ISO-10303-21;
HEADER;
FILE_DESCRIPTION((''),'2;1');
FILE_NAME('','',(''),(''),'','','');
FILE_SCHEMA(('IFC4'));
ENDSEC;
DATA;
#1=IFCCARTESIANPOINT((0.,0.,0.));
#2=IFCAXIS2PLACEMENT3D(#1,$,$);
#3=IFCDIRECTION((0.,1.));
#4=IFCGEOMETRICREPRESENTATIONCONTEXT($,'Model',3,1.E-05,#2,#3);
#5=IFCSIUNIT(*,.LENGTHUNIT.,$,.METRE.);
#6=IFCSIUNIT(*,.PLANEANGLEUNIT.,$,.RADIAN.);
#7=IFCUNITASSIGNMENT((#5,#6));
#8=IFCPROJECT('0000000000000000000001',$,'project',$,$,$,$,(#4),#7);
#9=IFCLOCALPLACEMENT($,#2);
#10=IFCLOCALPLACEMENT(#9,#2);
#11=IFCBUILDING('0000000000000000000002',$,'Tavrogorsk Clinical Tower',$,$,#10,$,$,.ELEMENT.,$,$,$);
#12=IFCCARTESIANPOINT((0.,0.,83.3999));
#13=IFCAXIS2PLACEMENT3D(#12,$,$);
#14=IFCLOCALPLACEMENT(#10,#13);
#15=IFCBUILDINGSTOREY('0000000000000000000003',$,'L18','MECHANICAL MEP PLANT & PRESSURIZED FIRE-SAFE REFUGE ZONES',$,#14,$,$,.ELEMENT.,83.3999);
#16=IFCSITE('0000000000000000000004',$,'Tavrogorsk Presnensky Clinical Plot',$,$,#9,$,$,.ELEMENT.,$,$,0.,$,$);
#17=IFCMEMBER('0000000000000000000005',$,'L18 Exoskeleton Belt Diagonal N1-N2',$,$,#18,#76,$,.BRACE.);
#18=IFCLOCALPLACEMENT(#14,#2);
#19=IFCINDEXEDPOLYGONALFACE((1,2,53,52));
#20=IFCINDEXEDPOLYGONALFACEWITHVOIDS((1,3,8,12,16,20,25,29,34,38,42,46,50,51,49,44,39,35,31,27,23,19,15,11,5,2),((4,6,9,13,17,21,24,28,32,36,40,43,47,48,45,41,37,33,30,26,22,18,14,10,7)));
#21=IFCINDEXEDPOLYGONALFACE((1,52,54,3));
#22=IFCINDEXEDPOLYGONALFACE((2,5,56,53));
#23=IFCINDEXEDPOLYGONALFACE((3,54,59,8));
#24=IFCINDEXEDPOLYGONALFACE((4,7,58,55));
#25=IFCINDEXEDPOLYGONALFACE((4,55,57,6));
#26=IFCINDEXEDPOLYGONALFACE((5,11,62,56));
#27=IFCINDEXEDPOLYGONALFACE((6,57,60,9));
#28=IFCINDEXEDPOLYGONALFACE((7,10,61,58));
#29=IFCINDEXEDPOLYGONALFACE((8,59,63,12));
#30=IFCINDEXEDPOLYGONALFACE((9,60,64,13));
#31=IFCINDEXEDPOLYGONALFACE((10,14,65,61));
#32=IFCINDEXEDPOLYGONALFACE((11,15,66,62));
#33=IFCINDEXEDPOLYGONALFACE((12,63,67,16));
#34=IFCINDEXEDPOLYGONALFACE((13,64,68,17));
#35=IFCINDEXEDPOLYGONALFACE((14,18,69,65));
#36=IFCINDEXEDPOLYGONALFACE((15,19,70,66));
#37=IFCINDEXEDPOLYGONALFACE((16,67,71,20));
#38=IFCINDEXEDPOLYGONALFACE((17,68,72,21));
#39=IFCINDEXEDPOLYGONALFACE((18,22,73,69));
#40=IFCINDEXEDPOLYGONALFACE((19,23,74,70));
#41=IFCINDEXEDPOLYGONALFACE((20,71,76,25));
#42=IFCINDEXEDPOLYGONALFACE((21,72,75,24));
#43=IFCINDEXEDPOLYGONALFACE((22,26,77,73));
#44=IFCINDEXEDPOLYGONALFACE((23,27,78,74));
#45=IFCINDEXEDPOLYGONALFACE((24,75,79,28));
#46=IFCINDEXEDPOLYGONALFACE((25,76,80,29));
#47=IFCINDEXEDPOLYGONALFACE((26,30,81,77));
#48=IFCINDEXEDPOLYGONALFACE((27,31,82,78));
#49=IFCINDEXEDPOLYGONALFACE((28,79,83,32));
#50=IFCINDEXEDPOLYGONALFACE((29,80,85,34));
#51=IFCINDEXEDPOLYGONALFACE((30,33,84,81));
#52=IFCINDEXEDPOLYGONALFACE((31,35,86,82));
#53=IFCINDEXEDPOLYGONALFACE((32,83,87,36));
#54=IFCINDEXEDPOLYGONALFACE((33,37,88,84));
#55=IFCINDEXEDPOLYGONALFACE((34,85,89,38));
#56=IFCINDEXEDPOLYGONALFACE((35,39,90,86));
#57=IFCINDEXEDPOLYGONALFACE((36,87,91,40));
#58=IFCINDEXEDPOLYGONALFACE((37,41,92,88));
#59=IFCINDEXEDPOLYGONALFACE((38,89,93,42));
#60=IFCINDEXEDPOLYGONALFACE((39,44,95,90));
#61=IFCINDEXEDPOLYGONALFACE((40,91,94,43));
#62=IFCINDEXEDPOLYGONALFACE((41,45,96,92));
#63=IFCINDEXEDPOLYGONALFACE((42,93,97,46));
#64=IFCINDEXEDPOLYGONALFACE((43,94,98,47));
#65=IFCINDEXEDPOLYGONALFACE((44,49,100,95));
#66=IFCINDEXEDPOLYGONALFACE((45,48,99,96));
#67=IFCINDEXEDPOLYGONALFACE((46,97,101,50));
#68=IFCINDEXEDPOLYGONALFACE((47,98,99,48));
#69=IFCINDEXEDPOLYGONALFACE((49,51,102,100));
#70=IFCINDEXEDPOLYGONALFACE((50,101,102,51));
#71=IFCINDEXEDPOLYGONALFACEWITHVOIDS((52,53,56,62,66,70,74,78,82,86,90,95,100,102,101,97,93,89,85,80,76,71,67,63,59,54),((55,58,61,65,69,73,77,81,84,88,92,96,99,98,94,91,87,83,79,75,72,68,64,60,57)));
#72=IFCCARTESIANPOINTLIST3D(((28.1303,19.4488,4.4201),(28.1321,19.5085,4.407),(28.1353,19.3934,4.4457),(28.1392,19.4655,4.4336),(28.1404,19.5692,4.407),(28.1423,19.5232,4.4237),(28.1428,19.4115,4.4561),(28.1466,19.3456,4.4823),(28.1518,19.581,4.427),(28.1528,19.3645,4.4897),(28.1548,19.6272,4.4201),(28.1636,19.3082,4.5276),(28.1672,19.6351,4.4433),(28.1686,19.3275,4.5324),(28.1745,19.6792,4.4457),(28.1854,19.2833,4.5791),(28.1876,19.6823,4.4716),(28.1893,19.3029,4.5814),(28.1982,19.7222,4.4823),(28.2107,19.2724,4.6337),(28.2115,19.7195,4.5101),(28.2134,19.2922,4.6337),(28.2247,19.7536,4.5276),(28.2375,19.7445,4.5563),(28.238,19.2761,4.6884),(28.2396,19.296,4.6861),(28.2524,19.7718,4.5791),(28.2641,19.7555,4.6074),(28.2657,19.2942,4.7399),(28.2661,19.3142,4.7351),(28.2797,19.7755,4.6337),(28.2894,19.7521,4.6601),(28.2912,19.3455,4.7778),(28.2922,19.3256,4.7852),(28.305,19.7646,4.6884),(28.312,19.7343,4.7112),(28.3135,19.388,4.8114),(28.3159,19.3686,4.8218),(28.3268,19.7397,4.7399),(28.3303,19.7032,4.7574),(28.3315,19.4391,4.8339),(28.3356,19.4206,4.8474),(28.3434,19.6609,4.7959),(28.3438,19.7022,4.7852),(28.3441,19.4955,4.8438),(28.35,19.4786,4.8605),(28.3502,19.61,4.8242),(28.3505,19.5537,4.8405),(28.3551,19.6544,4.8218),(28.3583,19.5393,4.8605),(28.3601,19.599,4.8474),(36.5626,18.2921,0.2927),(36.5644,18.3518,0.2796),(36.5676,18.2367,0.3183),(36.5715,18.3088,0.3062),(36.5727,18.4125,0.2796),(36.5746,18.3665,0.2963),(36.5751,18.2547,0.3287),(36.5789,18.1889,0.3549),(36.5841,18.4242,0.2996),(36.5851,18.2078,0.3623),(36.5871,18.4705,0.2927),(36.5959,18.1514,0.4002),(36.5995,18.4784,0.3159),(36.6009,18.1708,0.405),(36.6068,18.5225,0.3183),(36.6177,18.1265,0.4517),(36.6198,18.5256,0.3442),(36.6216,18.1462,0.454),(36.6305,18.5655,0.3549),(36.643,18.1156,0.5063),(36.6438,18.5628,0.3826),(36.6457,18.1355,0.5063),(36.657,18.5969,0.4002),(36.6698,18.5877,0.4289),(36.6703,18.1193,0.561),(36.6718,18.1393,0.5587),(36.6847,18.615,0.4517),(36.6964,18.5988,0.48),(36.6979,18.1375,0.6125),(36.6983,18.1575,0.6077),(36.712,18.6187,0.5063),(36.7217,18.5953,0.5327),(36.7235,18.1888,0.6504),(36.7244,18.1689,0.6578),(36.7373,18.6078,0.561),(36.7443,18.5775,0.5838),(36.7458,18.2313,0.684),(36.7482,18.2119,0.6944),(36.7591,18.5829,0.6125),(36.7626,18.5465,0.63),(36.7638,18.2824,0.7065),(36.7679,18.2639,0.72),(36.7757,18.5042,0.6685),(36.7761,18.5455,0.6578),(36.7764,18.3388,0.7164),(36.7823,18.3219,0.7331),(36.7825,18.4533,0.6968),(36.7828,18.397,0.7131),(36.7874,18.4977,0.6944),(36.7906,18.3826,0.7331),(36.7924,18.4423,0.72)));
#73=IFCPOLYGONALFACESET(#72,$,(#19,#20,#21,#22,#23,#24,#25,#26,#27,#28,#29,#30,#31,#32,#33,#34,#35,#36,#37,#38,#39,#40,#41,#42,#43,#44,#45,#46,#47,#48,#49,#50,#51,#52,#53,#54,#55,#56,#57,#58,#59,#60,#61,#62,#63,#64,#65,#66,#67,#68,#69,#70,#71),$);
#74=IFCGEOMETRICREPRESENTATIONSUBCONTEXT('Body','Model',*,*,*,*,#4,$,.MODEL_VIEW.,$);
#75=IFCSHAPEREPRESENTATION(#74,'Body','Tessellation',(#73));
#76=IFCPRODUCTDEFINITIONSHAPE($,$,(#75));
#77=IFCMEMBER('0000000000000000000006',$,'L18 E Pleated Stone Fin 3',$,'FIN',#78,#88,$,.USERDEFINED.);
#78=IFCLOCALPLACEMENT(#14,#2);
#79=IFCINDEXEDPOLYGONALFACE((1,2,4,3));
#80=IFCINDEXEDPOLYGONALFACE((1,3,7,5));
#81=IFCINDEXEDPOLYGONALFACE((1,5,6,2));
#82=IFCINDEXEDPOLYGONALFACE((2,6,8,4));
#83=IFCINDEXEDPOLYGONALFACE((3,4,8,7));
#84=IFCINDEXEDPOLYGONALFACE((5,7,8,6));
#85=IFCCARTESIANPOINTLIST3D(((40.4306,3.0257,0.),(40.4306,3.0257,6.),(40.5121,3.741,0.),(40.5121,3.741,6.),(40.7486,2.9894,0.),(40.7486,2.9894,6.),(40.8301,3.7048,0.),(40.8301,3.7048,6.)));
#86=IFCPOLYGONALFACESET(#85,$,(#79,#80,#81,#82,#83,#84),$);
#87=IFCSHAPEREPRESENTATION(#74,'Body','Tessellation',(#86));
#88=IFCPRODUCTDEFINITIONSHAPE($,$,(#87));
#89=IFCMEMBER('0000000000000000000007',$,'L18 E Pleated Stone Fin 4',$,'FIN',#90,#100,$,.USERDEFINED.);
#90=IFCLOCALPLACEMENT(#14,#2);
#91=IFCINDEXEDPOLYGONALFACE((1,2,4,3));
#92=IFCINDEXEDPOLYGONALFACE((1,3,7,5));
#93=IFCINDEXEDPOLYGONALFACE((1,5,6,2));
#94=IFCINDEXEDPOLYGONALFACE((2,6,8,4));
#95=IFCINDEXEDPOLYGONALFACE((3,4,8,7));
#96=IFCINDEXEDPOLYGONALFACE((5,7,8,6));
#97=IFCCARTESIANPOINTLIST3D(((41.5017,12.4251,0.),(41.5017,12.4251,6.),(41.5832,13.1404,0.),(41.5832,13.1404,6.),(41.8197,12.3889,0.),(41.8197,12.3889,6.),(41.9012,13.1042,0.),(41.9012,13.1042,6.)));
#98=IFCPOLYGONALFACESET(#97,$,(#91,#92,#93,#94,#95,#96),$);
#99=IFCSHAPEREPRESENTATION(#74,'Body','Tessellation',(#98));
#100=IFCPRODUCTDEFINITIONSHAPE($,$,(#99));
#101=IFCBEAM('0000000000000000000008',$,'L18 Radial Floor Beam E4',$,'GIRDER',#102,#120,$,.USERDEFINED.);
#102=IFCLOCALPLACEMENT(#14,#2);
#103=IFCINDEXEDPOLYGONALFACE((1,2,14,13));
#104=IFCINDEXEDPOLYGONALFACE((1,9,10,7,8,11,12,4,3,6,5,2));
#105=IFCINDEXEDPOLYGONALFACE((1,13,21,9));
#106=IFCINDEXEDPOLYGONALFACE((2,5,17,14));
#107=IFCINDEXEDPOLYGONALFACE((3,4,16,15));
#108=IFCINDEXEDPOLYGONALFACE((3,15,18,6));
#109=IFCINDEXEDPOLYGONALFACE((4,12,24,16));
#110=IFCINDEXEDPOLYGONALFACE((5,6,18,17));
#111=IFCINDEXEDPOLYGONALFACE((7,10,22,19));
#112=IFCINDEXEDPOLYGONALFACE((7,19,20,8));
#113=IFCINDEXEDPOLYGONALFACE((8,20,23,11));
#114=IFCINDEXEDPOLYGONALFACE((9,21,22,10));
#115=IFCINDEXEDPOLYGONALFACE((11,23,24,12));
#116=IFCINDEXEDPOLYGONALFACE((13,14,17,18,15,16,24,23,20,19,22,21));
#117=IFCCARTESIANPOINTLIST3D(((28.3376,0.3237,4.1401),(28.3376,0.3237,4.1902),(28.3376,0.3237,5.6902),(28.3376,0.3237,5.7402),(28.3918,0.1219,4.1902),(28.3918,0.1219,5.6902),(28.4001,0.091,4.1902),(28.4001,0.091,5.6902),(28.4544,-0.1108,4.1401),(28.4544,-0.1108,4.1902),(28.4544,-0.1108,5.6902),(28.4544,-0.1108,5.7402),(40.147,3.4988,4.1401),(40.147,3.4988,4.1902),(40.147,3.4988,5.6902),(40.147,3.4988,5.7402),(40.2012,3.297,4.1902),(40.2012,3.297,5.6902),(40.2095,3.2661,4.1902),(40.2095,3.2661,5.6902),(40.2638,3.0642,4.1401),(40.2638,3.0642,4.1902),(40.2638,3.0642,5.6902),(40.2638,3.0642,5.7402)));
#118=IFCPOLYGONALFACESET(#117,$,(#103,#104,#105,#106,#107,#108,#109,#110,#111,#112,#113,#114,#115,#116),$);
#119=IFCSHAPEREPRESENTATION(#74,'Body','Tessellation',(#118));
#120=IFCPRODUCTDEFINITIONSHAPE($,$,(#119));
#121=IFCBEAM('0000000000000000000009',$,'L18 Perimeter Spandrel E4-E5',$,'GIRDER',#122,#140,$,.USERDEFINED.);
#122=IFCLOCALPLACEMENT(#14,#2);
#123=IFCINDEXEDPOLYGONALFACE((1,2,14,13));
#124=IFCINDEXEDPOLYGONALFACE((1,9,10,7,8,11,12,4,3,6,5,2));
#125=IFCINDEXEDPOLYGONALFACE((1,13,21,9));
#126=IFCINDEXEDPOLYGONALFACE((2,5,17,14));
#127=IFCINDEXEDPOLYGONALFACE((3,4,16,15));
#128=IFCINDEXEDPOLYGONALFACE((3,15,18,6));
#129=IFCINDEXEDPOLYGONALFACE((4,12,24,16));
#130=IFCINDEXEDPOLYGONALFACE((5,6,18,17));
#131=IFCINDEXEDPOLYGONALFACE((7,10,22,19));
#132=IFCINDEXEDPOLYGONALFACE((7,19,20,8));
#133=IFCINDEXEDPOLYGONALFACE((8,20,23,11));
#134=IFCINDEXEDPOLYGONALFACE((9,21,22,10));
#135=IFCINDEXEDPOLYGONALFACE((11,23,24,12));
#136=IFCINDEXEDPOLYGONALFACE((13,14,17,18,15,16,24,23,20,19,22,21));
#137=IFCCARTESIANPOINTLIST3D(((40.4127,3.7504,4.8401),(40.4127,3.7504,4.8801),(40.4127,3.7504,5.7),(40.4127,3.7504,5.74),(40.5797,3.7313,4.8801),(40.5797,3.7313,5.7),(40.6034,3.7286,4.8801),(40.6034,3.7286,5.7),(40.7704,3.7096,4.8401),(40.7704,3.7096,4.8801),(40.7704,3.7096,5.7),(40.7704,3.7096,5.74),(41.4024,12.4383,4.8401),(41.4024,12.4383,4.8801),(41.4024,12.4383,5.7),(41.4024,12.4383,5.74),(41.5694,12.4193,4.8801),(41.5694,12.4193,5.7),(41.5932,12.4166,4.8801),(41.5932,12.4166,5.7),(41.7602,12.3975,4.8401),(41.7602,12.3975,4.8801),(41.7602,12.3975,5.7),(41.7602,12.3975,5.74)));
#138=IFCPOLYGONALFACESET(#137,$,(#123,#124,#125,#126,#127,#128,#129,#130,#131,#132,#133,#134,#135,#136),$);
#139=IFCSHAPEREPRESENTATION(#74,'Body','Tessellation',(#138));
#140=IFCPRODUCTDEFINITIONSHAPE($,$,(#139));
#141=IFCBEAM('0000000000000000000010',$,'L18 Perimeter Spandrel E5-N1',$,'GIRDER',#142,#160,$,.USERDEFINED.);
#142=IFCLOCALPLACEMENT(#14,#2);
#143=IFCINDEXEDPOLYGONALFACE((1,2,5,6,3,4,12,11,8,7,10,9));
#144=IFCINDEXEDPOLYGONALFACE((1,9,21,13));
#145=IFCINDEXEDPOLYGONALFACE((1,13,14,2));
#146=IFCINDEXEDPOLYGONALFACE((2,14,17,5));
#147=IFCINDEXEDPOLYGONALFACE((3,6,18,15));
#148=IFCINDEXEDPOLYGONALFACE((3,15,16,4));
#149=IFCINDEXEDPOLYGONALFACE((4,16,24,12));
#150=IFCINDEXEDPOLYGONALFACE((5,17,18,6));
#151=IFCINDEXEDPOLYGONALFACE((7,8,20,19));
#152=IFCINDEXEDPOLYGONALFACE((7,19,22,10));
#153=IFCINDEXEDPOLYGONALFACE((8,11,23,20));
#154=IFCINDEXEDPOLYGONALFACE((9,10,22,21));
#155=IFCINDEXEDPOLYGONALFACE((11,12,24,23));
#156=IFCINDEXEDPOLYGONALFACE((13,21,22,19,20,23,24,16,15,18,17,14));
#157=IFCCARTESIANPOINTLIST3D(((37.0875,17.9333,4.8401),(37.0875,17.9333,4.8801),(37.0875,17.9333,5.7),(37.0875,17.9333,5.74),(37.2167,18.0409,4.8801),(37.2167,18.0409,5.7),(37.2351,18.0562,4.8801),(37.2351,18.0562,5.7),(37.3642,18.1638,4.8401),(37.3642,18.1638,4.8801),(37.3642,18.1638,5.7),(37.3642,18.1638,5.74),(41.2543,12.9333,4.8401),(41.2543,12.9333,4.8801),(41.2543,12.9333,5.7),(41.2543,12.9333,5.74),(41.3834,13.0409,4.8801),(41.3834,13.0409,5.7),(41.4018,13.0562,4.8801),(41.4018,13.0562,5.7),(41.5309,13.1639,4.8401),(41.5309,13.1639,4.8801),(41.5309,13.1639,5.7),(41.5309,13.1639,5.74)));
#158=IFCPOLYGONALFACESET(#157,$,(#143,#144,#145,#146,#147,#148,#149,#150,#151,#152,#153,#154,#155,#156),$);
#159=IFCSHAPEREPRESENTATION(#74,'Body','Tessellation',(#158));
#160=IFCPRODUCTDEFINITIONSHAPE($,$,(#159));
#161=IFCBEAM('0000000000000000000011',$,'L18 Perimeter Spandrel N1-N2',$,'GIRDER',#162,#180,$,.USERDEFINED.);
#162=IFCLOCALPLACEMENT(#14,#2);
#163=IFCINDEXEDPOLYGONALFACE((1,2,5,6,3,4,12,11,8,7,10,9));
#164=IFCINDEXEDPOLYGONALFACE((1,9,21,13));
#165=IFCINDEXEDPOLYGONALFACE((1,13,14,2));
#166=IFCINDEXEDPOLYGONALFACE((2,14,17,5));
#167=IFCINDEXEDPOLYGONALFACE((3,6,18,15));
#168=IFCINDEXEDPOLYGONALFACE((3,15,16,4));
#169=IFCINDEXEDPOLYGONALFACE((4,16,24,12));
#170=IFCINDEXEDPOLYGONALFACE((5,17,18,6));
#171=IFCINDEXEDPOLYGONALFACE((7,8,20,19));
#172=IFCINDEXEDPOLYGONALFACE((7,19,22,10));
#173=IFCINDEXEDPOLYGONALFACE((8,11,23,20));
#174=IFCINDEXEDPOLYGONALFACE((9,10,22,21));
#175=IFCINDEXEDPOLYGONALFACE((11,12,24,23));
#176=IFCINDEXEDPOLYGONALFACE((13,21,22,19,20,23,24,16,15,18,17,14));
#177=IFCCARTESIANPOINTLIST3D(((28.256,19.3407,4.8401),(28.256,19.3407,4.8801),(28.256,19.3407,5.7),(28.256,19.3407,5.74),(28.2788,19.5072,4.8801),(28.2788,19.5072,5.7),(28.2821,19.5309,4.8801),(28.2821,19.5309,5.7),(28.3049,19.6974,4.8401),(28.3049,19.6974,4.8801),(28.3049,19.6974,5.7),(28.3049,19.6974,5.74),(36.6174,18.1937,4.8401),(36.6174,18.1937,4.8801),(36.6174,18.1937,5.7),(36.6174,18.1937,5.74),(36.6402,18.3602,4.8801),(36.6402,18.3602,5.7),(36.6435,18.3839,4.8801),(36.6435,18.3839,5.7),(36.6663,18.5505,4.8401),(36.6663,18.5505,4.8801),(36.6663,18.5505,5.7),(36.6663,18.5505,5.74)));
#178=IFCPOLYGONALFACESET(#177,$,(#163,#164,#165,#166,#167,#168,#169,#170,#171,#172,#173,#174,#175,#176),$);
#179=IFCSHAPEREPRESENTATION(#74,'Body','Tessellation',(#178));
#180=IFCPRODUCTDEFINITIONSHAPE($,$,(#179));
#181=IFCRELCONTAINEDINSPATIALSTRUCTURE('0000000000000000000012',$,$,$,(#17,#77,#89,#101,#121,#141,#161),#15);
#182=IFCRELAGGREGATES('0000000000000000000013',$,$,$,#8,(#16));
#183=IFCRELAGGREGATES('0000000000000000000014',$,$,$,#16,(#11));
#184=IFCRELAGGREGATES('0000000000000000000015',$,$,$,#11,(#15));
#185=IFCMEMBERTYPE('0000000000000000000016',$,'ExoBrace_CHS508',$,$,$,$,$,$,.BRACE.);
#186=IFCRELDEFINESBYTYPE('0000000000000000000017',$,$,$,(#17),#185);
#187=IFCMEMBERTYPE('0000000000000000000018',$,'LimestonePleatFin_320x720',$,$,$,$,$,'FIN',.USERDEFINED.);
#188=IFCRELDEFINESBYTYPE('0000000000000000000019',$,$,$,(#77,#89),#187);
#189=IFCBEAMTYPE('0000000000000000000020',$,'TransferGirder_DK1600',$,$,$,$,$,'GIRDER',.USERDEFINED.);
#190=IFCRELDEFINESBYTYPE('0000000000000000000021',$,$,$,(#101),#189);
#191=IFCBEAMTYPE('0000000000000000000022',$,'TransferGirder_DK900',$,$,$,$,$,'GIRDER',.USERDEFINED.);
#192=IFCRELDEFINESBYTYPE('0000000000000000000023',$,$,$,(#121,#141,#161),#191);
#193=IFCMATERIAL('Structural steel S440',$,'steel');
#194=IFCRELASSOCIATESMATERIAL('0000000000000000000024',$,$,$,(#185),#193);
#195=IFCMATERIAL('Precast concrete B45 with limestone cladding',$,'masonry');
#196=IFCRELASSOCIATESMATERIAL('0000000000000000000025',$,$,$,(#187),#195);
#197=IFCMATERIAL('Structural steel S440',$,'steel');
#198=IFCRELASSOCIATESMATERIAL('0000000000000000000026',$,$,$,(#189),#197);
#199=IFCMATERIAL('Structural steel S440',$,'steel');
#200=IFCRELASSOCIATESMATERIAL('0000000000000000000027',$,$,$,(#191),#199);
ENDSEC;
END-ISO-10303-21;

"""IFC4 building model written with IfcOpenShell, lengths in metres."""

from ifc_helpers import new_model, si_unit, direction, frame, origin, origin_2d, place, context, subcontext, project, spatial, rectangle, hollow_circle, i_section, extrude, material, material_profile, profile_set, type_object, element, save


model = new_model("IFC4")

# Units and contexts
model_context = context("Model", 3, precision=1e-05, world=origin(), true_north=direction((0.0, 1.0)))
body_context = subcontext(model_context, "Body", "Model", "MODEL_VIEW")
ifc_project = project(units=[si_unit("LENGTHUNIT", "METRE"), si_unit("PLANEANGLEUNIT", "RADIAN")], contexts=[model_context])

# Site, building, storey
site_placement = place(None, origin())
site = spatial("IfcSite", under=ifc_project, at=site_placement, Name="Tavrogorsk Presnensky Clinical Plot", CompositionType="ELEMENT", RefElevation=0.0)
building_placement = place(site_placement, origin())
building = spatial("IfcBuilding", under=site, at=building_placement, Name="Tavrogorsk Clinical Tower", CompositionType="ELEMENT")
storey_placement = place(building_placement, frame((0.0, 0.0, 83.3999)))
storey = spatial("IfcBuildingStorey", under=building, at=storey_placement, Name="L18", Description="MECHANICAL MEP PLANT & PRESSURIZED FIRE-SAFE REFUGE ZONES", CompositionType="ELEMENT", Elevation=83.3999)

# Members
ifc_material_1 = material(Name="Structural steel S440", Category="steel")
ifc_material_profile_1 = material_profile(ifc_material_1, hollow_circle(Radius=0.2539, WallThickness=0.02, at=origin_2d()), Name="CHS-508x20")
ifc_profile_set_1 = profile_set([ifc_material_profile_1], Name="Structural steel S440")
member_type_1 = type_object("IfcMemberType", Name="ExoBrace_CHS508", PredefinedType="BRACE", material=ifc_profile_set_1)
member_1_placement = place(storey_placement, frame((36.6775, 18.3672, 0.5063), z_axis=(-0.891435, 0.122286, 0.436336), x_axis=(-0.135905, -0.990722, 0.0)))
element("IfcMember", 1, at=member_1_placement, inside=storey, type_object=member_type_1, Name="L18 Exoskeleton Belt Diagonal N1-N2", PredefinedType="BRACE", context=body_context, shape_type="SweptSolid", body=[
    extrude(hollow_circle(Radius=0.2539, WallThickness=0.02, at=origin_2d()), origin(), (0.0, 0.0, 1.0), 9.4592),
])
ifc_material_2 = material(Name="Precast concrete B45 with limestone cladding", Category="masonry")
ifc_material_profile_2 = material_profile(ifc_material_2, rectangle(XDim=0.3201, YDim=0.72, at=origin_2d()), Name="LIMESTONE-FIN-320x720")
ifc_profile_set_2 = profile_set([ifc_material_profile_2], Name="Precast concrete B45 with limestone cladding")
member_type_2 = type_object("IfcMemberType", Name="LimestonePleatFin_320x720", ElementType="FIN", PredefinedType="USERDEFINED", material=ifc_profile_set_2)
for number, where, z_axis, x_axis, name in (
    (2, (40.6304, 3.3652, 0.0), (0.0, 0.0, 1.0), (0.993572, -0.113203, 0.0), "L18 E Pleated Stone Fin 3"),
    (3, (41.7014, 12.7646, 0.0), (0.0, 0.0, 1.0), (0.993572, -0.113203, 0.0), "L18 E Pleated Stone Fin 4"),
):
    element("IfcMember", number, at=place(storey_placement, frame(where, z_axis=z_axis, x_axis=x_axis)), inside=storey, type_object=member_type_2, Name=name, ObjectType="FIN", PredefinedType="USERDEFINED", context=body_context, shape_type="SweptSolid", body=[
        extrude(rectangle(XDim=0.3201, YDim=0.72, at=origin_2d()), origin(), (0.0, 0.0, 1.0), 6.0),
    ])

# Beams
ifc_material_3 = material(Name="Structural steel S440", Category="steel")
ifc_material_profile_3 = material_profile(ifc_material_3, i_section(OverallWidth=0.45, OverallDepth=1.6001, WebThickness=0.032, FlangeThickness=0.05, at=origin_2d()), Name="DK-1600x450x32x50")
ifc_profile_set_3 = profile_set([ifc_material_profile_3], Name="Structural steel S440")
beam_type_1 = type_object("IfcBeamType", Name="TransferGirder_DK1600", ElementType="GIRDER", PredefinedType="USERDEFINED", material=ifc_profile_set_3)
beam_1_placement = place(storey_placement, frame((28.396, 0.1064, 4.9402), z_axis=(0.965706, 0.259639, 0.0), x_axis=(-0.259639, 0.965706, 0.0)))
element("IfcBeam", 4, at=beam_1_placement, inside=storey, type_object=beam_type_1, Name="L18 Radial Floor Beam E4", ObjectType="GIRDER", PredefinedType="USERDEFINED", context=body_context, shape_type="SweptSolid", body=[
    extrude(i_section(OverallWidth=0.45, OverallDepth=1.6001, WebThickness=0.032, FlangeThickness=0.05, at=origin_2d()), origin(), (0.0, 0.0, 1.0), 12.2288),
])
ifc_material_4 = material(Name="Structural steel S440", Category="steel")
ifc_material_profile_4 = material_profile(ifc_material_4, i_section(OverallWidth=0.3601, OverallDepth=0.8999, WebThickness=0.0239, FlangeThickness=0.04, at=origin_2d()), Name="DK-900x360x24x40")
ifc_profile_set_4 = profile_set([ifc_material_profile_4], Name="Structural steel S440")
beam_type_2 = type_object("IfcBeamType", Name="TransferGirder_DK900", ElementType="GIRDER", PredefinedType="USERDEFINED", material=ifc_profile_set_4)
beam_2_placement = place(storey_placement, frame((40.5916, 3.73, 5.29), z_axis=(0.113189, 0.993573, 0.0), x_axis=(-0.993573, 0.113189, 0.0)))
element("IfcBeam", 5, at=beam_2_placement, inside=storey, type_object=beam_type_2, Name="L18 Perimeter Spandrel E4-E5", ObjectType="GIRDER", PredefinedType="USERDEFINED", context=body_context, shape_type="SweptSolid", body=[
    extrude(i_section(OverallWidth=0.3601, OverallDepth=0.8999, WebThickness=0.0239, FlangeThickness=0.04, at=origin_2d()), origin(), (0.0, 0.0, 1.0), 8.7441),
])
beam_3_placement = place(storey_placement, frame((41.3926, 13.0486, 5.29), z_axis=(-0.640192, 0.768215, 0.0), x_axis=(-0.768215, -0.640192, 0.0)))
element("IfcBeam", 6, at=beam_3_placement, inside=storey, type_object=beam_type_2, Name="L18 Perimeter Spandrel E5-N1", ObjectType="GIRDER", PredefinedType="USERDEFINED", context=body_context, shape_type="SweptSolid", body=[
    extrude(i_section(OverallWidth=0.3601, OverallDepth=0.8999, WebThickness=0.0239, FlangeThickness=0.04, at=origin_2d()), origin(), (0.0, 0.0, 1.0), 6.5085),
])
beam_4_placement = place(storey_placement, frame((36.6418, 18.3721, 5.29), z_axis=(-0.990722, 0.135903, 0.0), x_axis=(-0.135903, -0.990722, 0.0)))
element("IfcBeam", 7, at=beam_4_placement, inside=storey, type_object=beam_type_2, Name="L18 Perimeter Spandrel N1-N2", ObjectType="GIRDER", PredefinedType="USERDEFINED", context=body_context, shape_type="SweptSolid", body=[
    extrude(i_section(OverallWidth=0.3601, OverallDepth=0.8999, WebThickness=0.0239, FlangeThickness=0.04, at=origin_2d()), origin(), (0.0, 0.0, 1.0), 8.4397),
])

save(model, "model.ifc")
